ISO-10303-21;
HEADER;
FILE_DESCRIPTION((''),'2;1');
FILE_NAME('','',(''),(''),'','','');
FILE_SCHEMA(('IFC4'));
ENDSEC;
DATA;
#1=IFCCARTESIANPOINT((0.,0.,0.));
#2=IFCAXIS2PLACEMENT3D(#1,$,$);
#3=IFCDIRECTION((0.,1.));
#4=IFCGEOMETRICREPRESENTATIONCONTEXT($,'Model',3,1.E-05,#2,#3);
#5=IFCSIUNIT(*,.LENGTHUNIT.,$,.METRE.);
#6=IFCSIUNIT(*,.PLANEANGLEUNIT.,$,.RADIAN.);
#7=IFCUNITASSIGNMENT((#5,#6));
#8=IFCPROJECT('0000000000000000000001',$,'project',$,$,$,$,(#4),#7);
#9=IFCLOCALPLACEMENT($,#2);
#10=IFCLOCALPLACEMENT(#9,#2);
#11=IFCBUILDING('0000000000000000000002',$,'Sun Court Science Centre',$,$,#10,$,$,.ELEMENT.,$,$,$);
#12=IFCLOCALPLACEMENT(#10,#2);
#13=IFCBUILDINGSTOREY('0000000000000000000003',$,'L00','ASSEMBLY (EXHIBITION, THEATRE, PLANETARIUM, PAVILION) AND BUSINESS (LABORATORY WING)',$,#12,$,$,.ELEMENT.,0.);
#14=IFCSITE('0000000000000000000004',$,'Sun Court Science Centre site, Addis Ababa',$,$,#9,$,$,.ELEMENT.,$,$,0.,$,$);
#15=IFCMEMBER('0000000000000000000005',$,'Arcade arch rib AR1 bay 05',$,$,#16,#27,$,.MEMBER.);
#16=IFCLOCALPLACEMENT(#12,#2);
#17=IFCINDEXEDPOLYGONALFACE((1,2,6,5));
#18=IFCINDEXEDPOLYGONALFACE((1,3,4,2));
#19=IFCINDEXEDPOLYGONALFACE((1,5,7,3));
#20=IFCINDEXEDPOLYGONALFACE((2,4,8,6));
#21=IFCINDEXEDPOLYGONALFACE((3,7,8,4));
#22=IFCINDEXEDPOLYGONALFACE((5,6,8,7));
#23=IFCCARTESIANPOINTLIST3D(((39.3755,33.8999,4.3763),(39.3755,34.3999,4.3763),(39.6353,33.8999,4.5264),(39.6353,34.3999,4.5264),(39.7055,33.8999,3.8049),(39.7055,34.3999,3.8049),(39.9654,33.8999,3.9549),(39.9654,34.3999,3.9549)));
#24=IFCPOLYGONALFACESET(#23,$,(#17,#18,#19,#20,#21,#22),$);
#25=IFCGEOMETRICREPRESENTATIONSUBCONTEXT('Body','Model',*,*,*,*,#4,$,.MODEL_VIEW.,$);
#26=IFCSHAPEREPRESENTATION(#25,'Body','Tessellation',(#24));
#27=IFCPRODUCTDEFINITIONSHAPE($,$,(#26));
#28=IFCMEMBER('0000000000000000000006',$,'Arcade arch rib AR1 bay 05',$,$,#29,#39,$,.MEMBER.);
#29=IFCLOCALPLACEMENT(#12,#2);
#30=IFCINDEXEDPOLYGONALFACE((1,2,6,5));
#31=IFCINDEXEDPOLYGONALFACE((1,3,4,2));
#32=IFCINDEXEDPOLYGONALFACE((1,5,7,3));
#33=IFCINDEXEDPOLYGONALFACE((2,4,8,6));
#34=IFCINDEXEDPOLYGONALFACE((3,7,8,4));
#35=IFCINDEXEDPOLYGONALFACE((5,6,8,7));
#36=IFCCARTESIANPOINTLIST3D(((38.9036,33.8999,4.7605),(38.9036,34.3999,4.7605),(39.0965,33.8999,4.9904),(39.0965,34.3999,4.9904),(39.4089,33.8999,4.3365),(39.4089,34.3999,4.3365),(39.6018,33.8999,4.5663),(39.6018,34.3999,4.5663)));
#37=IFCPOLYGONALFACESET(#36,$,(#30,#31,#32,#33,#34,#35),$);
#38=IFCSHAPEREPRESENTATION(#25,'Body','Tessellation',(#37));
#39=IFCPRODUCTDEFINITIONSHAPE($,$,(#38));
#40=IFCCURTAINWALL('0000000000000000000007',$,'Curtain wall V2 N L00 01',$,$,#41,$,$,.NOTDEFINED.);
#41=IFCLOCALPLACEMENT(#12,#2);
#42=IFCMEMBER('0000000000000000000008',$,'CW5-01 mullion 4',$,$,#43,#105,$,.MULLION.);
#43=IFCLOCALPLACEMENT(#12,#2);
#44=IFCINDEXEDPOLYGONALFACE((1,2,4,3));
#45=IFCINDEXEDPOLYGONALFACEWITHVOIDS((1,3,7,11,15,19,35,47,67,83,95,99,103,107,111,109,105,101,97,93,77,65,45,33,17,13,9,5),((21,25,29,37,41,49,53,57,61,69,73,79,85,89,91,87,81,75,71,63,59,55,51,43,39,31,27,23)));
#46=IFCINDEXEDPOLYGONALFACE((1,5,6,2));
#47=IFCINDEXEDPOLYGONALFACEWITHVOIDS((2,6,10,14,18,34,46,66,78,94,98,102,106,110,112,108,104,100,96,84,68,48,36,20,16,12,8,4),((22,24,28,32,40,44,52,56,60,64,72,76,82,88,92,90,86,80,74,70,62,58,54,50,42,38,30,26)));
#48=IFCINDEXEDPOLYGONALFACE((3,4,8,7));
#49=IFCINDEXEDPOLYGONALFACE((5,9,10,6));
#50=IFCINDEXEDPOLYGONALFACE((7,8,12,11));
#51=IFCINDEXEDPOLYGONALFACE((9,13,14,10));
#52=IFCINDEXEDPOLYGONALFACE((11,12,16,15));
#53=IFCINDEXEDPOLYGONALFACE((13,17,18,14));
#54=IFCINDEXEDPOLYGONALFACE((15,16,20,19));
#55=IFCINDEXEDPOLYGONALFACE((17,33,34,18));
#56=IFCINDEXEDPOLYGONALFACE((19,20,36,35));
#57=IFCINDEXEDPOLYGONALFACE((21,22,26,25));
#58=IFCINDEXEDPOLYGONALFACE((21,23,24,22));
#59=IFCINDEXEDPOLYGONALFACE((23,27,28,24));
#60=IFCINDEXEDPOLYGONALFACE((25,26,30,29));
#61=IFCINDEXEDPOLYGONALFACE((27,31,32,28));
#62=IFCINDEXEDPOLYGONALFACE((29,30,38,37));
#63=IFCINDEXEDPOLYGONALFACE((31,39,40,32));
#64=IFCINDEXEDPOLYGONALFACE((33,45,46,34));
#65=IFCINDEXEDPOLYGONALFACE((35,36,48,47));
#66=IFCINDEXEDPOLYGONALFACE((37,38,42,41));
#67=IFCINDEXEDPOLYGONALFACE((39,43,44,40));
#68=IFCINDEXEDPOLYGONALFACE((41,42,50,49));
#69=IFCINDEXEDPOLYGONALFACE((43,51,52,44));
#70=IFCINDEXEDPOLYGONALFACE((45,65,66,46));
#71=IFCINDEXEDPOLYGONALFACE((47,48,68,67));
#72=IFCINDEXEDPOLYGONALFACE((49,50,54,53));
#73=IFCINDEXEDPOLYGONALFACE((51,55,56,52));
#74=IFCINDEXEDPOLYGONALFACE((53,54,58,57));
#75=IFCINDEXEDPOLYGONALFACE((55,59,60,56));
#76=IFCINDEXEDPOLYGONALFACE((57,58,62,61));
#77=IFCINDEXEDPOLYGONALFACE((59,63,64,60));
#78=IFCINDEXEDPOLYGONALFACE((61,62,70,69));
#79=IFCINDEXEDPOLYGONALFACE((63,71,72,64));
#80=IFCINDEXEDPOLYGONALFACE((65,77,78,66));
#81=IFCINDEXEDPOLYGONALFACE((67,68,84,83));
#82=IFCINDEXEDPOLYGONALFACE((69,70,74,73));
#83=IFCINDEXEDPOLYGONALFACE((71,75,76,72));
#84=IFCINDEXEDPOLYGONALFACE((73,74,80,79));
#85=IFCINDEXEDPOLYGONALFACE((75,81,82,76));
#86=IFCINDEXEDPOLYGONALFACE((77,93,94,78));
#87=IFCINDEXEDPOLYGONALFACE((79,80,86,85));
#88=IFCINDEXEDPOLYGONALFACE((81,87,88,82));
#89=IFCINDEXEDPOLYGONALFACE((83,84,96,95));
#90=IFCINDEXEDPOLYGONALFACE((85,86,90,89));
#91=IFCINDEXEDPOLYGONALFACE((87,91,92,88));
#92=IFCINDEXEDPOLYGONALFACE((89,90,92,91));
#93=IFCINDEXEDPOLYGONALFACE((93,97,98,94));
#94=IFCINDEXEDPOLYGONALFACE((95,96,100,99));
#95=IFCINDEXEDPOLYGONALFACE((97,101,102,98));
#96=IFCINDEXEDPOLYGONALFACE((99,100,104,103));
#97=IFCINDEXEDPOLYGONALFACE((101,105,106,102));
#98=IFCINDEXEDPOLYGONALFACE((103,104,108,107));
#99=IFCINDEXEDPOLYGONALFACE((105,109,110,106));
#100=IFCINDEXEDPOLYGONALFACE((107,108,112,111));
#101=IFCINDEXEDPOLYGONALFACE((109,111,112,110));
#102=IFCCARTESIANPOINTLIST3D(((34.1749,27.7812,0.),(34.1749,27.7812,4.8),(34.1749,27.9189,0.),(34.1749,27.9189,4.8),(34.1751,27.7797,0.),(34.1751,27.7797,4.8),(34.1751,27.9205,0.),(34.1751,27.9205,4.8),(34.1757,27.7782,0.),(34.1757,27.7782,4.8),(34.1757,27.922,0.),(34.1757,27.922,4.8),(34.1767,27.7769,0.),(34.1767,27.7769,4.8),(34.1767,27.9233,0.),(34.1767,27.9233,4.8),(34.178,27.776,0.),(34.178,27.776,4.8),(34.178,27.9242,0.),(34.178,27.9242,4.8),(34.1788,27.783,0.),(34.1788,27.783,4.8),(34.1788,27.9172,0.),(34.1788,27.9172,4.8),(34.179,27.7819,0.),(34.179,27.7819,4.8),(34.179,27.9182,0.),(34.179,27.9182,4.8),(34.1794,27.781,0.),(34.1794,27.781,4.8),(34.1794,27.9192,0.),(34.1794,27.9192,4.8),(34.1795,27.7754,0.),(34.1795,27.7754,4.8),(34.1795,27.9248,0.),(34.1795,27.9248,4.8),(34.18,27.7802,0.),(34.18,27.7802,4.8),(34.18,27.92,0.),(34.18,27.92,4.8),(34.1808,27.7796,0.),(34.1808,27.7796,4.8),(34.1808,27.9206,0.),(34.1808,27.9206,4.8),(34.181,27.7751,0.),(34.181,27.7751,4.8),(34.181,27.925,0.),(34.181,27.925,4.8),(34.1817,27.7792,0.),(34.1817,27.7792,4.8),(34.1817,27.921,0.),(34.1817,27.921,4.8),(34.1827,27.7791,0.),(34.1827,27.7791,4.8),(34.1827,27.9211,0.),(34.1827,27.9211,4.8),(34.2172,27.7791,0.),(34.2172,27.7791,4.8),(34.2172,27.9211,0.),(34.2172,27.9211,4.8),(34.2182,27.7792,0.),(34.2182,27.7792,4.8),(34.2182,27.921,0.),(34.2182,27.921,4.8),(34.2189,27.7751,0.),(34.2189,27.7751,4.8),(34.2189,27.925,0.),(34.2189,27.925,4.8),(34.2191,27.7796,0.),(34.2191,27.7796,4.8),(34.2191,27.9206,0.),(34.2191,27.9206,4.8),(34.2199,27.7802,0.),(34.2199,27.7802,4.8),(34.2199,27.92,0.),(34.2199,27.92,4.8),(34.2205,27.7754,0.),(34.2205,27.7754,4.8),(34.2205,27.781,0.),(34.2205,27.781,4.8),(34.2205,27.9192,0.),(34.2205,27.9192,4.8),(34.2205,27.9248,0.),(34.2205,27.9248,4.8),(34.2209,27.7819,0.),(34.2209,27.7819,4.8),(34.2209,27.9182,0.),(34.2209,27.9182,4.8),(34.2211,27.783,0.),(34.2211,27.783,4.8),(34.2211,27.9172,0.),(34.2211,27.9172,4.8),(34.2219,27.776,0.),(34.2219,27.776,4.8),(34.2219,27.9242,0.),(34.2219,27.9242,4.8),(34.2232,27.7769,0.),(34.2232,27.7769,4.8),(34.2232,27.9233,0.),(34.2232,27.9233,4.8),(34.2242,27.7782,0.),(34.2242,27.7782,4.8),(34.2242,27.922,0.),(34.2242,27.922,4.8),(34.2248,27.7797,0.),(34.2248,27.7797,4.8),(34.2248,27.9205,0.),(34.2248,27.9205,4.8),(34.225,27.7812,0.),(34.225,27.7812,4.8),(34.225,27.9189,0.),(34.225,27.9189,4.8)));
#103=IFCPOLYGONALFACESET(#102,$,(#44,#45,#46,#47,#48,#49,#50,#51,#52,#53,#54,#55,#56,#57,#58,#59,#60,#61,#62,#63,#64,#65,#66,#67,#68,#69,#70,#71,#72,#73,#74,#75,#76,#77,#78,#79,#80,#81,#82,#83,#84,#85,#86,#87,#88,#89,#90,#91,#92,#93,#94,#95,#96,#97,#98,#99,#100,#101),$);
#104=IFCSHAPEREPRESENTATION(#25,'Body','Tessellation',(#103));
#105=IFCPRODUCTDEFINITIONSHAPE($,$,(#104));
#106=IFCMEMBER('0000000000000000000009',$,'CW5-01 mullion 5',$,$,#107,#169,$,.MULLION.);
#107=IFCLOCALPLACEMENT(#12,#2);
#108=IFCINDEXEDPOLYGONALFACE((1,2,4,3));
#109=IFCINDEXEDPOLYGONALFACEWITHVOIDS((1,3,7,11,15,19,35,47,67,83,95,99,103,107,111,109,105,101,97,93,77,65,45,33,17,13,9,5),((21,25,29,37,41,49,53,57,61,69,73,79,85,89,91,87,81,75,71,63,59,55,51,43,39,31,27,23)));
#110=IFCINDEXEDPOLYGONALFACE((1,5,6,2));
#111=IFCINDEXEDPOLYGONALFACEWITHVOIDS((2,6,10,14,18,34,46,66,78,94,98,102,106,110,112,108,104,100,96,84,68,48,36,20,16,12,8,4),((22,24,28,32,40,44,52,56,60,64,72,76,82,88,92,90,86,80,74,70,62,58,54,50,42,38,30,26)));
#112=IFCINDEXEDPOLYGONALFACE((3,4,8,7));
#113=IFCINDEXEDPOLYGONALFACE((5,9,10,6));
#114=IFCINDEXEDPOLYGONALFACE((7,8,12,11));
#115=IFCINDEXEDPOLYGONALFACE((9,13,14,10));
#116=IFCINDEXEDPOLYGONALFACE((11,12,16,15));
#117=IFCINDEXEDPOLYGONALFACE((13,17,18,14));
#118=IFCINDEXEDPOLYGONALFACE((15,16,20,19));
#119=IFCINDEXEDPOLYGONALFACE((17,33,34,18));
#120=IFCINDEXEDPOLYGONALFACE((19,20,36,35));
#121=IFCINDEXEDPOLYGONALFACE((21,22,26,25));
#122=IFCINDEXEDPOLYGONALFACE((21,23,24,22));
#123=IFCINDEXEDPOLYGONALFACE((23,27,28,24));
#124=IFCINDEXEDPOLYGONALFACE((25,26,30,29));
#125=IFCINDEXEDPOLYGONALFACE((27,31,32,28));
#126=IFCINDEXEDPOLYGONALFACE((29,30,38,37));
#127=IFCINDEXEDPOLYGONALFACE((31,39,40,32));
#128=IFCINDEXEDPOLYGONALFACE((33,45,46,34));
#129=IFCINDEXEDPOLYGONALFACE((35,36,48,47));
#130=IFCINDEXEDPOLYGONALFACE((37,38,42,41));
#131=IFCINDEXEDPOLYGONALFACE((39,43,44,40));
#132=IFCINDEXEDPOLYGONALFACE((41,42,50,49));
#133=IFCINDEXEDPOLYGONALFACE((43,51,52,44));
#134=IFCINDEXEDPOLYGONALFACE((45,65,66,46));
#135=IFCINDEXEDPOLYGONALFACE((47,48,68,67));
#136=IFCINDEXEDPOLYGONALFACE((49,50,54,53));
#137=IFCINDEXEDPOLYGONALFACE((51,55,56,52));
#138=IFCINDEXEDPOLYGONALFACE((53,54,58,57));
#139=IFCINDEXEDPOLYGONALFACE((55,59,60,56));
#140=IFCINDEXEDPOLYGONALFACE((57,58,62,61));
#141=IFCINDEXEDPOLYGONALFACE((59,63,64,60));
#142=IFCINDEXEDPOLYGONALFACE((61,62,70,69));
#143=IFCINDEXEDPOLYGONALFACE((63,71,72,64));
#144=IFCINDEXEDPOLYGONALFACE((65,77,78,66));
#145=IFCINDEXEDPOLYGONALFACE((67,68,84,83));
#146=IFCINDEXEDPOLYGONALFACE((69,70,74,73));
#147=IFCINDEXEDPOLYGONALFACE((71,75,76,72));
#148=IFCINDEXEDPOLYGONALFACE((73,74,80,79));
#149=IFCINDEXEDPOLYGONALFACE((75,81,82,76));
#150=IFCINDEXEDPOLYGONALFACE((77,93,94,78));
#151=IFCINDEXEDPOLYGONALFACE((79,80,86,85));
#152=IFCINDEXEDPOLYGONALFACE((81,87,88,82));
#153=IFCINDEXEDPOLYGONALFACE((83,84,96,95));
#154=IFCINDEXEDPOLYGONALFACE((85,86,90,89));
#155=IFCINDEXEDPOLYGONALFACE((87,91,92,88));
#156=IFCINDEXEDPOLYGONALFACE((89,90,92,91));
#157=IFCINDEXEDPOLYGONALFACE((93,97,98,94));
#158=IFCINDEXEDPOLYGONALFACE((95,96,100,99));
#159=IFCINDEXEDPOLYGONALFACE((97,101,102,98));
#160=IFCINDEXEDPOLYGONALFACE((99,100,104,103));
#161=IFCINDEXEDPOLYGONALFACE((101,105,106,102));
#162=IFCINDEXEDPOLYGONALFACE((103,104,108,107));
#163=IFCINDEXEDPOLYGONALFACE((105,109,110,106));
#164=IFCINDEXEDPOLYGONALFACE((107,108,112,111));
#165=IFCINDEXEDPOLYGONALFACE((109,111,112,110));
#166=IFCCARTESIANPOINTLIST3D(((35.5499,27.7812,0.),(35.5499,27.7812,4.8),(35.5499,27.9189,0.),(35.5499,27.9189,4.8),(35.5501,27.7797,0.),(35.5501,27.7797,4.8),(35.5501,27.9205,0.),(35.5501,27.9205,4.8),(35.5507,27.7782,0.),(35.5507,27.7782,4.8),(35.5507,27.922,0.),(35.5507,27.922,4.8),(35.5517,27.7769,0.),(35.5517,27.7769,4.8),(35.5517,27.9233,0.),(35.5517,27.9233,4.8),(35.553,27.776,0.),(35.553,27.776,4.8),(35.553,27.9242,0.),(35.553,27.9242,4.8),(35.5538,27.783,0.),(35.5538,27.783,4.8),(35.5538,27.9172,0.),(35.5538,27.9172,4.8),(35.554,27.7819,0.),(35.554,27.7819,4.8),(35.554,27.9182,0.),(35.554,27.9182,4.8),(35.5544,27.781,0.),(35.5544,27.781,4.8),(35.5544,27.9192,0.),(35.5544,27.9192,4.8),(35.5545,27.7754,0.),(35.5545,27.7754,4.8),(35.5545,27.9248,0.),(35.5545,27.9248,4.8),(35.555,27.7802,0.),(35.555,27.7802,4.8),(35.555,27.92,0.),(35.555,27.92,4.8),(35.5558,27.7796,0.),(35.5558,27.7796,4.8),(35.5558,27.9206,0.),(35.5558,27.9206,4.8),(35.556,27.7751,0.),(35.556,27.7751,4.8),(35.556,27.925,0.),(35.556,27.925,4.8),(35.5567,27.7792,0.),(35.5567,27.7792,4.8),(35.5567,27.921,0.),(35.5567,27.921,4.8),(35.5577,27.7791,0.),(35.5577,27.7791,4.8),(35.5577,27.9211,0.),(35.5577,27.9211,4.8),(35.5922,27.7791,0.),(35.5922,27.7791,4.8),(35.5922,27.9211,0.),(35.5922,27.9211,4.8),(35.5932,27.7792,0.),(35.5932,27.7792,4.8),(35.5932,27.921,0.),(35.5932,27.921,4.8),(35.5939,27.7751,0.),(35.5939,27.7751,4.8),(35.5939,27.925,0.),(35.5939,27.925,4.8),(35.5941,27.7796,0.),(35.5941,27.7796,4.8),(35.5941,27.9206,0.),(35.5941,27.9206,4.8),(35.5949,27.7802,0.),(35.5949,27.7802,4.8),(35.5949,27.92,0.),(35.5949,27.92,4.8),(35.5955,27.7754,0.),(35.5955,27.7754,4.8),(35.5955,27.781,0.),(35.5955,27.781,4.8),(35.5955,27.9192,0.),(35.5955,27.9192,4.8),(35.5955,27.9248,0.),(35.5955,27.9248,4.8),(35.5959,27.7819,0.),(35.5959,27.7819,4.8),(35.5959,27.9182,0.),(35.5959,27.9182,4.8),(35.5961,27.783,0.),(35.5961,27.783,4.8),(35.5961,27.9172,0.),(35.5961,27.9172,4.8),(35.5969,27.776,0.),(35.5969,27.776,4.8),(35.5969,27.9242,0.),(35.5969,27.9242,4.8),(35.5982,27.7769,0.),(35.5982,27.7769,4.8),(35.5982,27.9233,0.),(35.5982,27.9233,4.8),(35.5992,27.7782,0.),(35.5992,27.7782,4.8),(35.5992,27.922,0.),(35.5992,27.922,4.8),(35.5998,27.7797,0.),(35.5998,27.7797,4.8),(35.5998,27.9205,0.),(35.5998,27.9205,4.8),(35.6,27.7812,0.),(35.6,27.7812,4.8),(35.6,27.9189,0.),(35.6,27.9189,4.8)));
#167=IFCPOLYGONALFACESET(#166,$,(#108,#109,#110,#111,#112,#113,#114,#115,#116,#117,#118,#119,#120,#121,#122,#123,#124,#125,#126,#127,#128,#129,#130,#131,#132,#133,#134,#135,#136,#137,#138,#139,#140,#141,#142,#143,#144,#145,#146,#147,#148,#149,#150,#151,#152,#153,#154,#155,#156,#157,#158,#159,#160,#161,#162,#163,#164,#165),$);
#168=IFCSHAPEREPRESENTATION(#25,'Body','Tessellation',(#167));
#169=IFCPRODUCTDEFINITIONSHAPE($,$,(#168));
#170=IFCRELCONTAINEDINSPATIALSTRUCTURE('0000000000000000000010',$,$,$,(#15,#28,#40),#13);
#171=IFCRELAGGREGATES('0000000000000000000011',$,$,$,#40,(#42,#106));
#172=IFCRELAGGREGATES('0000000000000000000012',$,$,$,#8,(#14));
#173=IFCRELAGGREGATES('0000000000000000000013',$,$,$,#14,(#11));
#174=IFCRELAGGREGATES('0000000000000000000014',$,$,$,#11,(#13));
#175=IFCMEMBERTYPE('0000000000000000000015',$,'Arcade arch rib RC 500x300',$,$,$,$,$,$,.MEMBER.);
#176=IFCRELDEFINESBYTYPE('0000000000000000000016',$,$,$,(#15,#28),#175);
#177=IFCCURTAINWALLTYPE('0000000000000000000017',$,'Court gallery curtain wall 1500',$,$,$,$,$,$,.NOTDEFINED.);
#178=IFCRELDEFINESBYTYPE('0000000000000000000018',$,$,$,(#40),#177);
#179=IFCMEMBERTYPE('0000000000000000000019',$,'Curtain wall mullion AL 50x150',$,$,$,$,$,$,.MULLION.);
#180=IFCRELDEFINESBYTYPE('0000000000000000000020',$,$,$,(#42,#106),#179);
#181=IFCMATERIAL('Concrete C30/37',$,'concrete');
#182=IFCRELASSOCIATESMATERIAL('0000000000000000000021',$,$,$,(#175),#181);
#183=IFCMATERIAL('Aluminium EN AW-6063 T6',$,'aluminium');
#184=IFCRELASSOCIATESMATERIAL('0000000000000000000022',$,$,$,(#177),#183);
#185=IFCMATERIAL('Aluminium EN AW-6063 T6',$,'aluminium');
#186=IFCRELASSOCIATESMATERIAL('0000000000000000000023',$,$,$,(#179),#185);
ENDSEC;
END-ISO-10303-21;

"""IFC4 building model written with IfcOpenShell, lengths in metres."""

from ifc_helpers import new_model, si_unit, direction, frame, origin, origin_2d, place, context, subcontext, project, spatial, rectangle, hollow_rectangle, extrude, material, material_profile, profile_set, type_object, element, aggregate, save


model = new_model("IFC4")

# Units and contexts
model_context = context("Model", 3, precision=1e-05, world=origin(), true_north=direction((0.0, 1.0)))
body_context = subcontext(model_context, "Body", "Model", "MODEL_VIEW")
ifc_project = project(units=[si_unit("LENGTHUNIT", "METRE"), si_unit("PLANEANGLEUNIT", "RADIAN")], contexts=[model_context])

# Site, building, storey
site_placement = place(None, origin())
site = spatial("IfcSite", under=ifc_project, at=site_placement, Name="Sun Court Science Centre site, Addis Ababa", CompositionType="ELEMENT", RefElevation=0.0)
building_placement = place(site_placement, origin())
building = spatial("IfcBuilding", under=site, at=building_placement, Name="Sun Court Science Centre", CompositionType="ELEMENT")
storey_placement = place(building_placement, origin())
storey = spatial("IfcBuildingStorey", under=building, at=storey_placement, Name="L00", Description="ASSEMBLY (EXHIBITION, THEATRE, PLANETARIUM, PAVILION) AND BUSINESS (LABORATORY WING)", CompositionType="ELEMENT", Elevation=0.0)

# Members
ifc_material_1 = material(Name="Concrete C30/37", Category="concrete")
ifc_material_profile_1 = material_profile(ifc_material_1, rectangle(XDim=0.5, YDim=0.3, at=origin_2d()), Name="RC 500x300")
ifc_profile_set_1 = profile_set([ifc_material_profile_1], Name="Concrete C30/37")
member_type_1 = type_object("IfcMemberType", Name="Arcade arch rib RC 500x300", PredefinedType="MEMBER", material=ifc_profile_set_1)
for number, where, z_axis, x_axis, name in (
    (1, (39.8354, 34.1499, 3.8799), (-0.500117, 0.0, 0.865958), (0.0, -1.0, 0.0), "Arcade arch rib AR1 bay 05"),
):
    element("IfcMember", number, at=place(storey_placement, frame(where, z_axis=z_axis, x_axis=x_axis)), inside=storey, type_object=member_type_1, Name=name, PredefinedType="MEMBER", context=body_context, shape_type="SweptSolid", body=[
        extrude(rectangle(XDim=0.5, YDim=0.3, at=origin_2d()), origin(), (0.0, 0.0, 1.0), 0.6599),
    ])
member_1_placement = place(storey_placement, frame((39.5054, 34.1499, 4.4514), z_axis=(-0.766033, 0.0, 0.642801), x_axis=(0.0, -1.0, 0.0)))
element("IfcMember", 2, at=member_1_placement, inside=storey, type_object=member_type_1, Name="Arcade arch rib AR1 bay 05", PredefinedType="MEMBER", context=body_context, shape_type="SweptSolid", body=[
    extrude(rectangle(XDim=0.5, YDim=0.3, at=origin_2d()), origin(), (0.0, 0.0, 1.0), 0.6597),
])

# Curtain wall, members
ifc_material_2 = material(Name="Aluminium EN AW-6063 T6", Category="aluminium")
curtain_wall_type = type_object("IfcCurtainWallType", Name="Court gallery curtain wall 1500", PredefinedType="NOTDEFINED", material=ifc_material_2)
curtain_wall_placement = place(storey_placement, origin())
curtain_wall = element("IfcCurtainWall", 3, at=curtain_wall_placement, inside=storey, type_object=curtain_wall_type, Name="Curtain wall V2 N L00 01", PredefinedType="NOTDEFINED")
ifc_material_3 = material(Name="Aluminium EN AW-6063 T6", Category="aluminium")
ifc_material_profile_2 = material_profile(ifc_material_3, hollow_rectangle(XDim=0.05, YDim=0.1499, WallThickness=0.0039, InnerFilletRadius=0.0039, OuterFilletRadius=0.0061, at=origin_2d()), Name="AL 50x150x4")
ifc_profile_set_2 = profile_set([ifc_material_profile_2], Name="Aluminium EN AW-6063 T6")
member_type_2 = type_object("IfcMemberType", Name="Curtain wall mullion AL 50x150", PredefinedType="MULLION", material=ifc_profile_set_2)
member_2_placement = place(storey_placement, frame((34.2, 27.8501, 0.0), z_axis=(0.0, 0.0, 1.0), x_axis=(1.0, 0.0, 0.0)))
member_2 = element("IfcMember", 4, at=member_2_placement, type_object=member_type_2, Name="CW5-01 mullion 4", PredefinedType="MULLION", context=body_context, shape_type="SweptSolid", body=[
    extrude(hollow_rectangle(XDim=0.05, YDim=0.1499, WallThickness=0.0039, InnerFilletRadius=0.0039, OuterFilletRadius=0.0061, at=origin_2d()), origin(), (0.0, 0.0, 1.0), 4.8),
])
member_3_placement = place(storey_placement, frame((35.575, 27.8501, 0.0), z_axis=(0.0, 0.0, 1.0), x_axis=(1.0, 0.0, 0.0)))
member_3 = element("IfcMember", 5, at=member_3_placement, type_object=member_type_2, Name="CW5-01 mullion 5", PredefinedType="MULLION", context=body_context, shape_type="SweptSolid", body=[
    extrude(hollow_rectangle(XDim=0.05, YDim=0.1499, WallThickness=0.0039, InnerFilletRadius=0.0039, OuterFilletRadius=0.0061, at=origin_2d()), origin(), (0.0, 0.0, 1.0), 4.8),
])
aggregate(curtain_wall, [member_2, member_3])

save(model, "model.ifc")
